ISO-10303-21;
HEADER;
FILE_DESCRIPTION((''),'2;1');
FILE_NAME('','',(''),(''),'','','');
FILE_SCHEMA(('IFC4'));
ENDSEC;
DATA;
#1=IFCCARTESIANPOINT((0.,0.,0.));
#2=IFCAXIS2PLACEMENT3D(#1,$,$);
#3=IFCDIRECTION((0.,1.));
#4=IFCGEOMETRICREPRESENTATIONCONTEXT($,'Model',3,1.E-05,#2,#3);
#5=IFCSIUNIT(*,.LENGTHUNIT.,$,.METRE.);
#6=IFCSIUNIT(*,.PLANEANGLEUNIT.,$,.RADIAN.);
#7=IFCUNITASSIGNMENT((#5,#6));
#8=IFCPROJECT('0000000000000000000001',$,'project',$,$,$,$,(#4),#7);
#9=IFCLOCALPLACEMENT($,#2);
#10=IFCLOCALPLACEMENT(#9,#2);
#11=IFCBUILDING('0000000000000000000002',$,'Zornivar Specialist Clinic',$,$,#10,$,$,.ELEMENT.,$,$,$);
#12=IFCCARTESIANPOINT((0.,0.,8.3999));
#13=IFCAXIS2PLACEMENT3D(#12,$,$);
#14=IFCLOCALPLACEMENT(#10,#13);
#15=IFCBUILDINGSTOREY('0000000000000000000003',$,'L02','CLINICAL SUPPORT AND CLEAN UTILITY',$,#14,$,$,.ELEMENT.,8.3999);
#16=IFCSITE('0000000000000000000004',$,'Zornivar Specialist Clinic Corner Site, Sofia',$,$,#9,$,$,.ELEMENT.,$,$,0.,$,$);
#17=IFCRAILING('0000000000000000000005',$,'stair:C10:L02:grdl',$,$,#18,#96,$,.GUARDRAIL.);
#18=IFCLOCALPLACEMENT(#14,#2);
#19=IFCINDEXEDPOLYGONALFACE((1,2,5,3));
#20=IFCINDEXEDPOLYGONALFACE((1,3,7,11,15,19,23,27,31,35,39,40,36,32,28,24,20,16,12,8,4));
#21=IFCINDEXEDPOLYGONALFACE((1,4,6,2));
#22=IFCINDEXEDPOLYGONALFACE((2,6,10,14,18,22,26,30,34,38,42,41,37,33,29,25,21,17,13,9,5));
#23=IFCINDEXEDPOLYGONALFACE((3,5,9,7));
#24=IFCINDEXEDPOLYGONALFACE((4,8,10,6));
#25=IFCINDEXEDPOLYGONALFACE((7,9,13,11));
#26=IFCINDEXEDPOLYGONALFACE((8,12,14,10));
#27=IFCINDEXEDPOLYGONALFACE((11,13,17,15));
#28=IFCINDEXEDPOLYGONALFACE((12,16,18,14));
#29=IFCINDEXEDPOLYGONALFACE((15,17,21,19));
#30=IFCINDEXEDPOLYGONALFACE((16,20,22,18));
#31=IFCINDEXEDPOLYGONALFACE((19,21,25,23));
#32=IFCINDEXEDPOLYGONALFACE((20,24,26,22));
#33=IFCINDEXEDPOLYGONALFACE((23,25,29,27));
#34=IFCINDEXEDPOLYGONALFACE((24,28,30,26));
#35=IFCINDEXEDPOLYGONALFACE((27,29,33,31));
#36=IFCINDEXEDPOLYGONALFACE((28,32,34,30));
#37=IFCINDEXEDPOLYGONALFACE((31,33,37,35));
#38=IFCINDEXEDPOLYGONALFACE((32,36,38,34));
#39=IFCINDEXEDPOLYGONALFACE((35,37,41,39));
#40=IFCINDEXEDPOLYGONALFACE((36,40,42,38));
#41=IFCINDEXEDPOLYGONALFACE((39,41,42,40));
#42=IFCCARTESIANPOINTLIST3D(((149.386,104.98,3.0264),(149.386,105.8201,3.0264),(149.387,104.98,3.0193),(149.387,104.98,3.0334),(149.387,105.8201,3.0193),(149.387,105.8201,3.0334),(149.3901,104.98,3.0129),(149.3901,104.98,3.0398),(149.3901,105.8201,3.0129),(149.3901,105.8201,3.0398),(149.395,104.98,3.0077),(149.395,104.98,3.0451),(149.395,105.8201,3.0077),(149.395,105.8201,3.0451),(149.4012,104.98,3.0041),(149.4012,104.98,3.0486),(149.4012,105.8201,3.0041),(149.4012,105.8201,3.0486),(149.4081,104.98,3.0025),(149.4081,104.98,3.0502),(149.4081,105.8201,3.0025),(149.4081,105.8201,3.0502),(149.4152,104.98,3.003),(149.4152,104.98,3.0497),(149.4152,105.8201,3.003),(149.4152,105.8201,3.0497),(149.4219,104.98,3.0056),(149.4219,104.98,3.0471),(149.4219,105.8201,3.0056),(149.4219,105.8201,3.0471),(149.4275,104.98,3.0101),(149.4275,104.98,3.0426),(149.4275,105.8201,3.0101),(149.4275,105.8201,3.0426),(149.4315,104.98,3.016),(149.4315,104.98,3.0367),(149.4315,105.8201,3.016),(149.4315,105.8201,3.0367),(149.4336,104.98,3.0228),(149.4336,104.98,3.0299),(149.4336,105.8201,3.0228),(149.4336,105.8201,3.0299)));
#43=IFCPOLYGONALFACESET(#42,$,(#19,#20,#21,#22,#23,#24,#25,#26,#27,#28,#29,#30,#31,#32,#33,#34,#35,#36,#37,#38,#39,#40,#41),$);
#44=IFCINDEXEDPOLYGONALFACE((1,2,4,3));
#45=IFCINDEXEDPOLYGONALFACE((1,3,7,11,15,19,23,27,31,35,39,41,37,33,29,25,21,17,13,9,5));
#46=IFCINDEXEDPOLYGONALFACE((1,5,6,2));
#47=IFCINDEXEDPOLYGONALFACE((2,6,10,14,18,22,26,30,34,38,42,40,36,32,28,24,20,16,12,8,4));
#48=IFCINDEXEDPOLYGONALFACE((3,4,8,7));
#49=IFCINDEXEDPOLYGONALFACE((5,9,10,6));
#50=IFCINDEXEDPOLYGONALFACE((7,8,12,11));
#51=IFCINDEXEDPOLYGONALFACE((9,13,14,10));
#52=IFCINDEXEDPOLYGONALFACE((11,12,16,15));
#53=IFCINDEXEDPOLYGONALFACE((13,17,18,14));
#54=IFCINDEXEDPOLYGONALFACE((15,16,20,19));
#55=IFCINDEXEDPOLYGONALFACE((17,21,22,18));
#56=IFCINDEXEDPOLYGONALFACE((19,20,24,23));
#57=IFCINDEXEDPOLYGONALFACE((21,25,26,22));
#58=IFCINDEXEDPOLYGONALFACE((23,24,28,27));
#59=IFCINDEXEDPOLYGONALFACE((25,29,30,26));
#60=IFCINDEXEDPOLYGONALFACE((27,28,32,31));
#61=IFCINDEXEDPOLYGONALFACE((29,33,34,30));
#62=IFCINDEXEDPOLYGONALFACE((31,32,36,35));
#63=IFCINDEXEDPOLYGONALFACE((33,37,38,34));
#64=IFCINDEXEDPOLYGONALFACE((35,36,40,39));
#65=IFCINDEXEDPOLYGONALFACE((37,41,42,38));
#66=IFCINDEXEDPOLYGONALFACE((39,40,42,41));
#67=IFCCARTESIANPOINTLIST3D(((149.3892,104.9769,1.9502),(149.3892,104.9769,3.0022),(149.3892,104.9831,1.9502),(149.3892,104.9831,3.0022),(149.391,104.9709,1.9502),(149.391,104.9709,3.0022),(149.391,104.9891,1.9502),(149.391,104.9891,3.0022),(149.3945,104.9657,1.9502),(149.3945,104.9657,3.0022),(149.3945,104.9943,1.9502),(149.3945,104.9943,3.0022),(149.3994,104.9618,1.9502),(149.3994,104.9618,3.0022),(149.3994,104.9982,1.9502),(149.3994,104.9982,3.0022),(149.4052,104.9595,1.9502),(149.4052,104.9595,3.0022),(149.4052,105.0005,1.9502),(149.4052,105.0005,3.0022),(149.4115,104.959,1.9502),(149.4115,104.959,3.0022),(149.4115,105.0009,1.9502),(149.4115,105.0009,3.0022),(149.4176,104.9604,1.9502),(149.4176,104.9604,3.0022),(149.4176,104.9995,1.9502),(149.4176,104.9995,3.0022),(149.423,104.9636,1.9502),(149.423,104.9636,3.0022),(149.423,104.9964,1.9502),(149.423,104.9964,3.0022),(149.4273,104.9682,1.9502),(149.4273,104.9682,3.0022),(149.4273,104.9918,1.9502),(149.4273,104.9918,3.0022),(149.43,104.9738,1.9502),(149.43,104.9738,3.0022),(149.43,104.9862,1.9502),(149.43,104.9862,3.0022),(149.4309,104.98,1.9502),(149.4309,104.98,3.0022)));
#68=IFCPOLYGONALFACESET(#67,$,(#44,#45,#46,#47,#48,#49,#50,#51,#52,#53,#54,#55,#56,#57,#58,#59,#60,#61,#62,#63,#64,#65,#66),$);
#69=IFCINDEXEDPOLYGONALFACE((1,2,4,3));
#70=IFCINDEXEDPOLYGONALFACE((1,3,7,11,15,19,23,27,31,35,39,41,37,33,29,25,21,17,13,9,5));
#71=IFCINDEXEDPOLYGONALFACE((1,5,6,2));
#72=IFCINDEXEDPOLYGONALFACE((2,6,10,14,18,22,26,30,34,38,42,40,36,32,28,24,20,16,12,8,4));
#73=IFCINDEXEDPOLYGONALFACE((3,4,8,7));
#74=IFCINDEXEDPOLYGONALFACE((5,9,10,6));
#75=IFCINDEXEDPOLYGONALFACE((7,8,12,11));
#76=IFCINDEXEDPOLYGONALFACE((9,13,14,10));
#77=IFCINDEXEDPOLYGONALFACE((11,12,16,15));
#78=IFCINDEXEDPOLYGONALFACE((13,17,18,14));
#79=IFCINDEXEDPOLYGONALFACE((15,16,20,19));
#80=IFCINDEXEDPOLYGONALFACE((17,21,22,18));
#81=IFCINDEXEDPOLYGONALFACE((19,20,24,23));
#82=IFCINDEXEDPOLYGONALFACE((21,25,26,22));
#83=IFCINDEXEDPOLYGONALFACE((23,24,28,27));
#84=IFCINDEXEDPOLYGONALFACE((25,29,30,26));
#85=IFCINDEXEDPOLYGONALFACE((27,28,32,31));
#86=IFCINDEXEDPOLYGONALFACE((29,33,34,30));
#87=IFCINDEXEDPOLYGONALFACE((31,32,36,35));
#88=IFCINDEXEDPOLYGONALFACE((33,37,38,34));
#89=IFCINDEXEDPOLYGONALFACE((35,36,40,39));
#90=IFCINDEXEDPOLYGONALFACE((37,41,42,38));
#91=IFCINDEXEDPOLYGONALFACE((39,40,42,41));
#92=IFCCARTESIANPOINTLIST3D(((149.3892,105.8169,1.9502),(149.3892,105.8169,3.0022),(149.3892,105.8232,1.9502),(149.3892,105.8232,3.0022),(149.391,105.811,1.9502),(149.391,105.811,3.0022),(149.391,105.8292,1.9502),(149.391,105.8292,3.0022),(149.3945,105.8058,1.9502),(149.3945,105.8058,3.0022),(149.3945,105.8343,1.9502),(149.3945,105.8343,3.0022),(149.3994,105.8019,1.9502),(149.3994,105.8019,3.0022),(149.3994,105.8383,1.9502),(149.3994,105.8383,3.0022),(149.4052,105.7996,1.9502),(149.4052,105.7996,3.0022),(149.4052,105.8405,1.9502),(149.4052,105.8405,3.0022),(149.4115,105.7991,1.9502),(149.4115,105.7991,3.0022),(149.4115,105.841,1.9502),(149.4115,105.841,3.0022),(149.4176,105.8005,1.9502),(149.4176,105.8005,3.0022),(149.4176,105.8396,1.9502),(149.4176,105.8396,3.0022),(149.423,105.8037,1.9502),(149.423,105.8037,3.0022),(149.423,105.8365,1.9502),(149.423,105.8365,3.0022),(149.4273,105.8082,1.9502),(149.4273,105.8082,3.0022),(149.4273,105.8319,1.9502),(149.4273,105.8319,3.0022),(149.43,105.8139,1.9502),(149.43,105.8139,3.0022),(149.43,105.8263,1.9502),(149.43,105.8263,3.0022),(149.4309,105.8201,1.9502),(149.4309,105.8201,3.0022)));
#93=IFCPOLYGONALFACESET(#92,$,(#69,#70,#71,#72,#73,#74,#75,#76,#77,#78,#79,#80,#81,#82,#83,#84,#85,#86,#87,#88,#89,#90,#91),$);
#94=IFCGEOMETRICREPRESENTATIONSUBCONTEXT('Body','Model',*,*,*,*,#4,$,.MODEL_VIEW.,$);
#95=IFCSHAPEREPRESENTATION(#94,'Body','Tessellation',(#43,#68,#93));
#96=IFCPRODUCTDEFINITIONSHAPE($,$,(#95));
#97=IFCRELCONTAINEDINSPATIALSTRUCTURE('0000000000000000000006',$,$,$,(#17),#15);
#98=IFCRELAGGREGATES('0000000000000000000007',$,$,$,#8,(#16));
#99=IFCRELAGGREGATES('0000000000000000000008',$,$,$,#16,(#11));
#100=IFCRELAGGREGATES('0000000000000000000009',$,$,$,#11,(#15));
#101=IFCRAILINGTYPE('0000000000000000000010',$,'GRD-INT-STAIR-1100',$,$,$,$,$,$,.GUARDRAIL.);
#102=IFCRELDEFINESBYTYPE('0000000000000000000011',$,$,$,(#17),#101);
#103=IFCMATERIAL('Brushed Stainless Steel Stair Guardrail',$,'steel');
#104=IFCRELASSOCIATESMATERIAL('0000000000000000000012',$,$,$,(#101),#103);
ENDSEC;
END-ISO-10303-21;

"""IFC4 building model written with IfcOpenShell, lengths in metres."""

from ifc_helpers import new_model, si_unit, direction, frame, origin, origin_2d, place, context, subcontext, project, spatial, circle, extrude, material, type_object, element, save


model = new_model("IFC4")

# Units and contexts
model_context = context("Model", 3, precision=1e-05, world=origin(), true_north=direction((0.0, 1.0)))
body_context = subcontext(model_context, "Body", "Model", "MODEL_VIEW")
ifc_project = project(units=[si_unit("LENGTHUNIT", "METRE"), si_unit("PLANEANGLEUNIT", "RADIAN")], contexts=[model_context])

# Site, building, storey
site_placement = place(None, origin())
site = spatial("IfcSite", under=ifc_project, at=site_placement, Name="Zornivar Specialist Clinic Corner Site, Sofia", CompositionType="ELEMENT", RefElevation=0.0)
building_placement = place(site_placement, origin())
building = spatial("IfcBuilding", under=site, at=building_placement, Name="Zornivar Specialist Clinic", CompositionType="ELEMENT")
storey_placement = place(building_placement, frame((0.0, 0.0, 8.3999)))
storey = spatial("IfcBuildingStorey", under=building, at=storey_placement, Name="L02", Description="CLINICAL SUPPORT AND CLEAN UTILITY", CompositionType="ELEMENT", Elevation=8.3999)

# Railing
ifc_material_1 = material(Name="Brushed Stainless Steel Stair Guardrail", Category="steel")
railing_type_1 = type_object("IfcRailingType", Name="GRD-INT-STAIR-1100", PredefinedType="GUARDRAIL", material=ifc_material_1)
railing_1_placement = place(storey_placement, frame((149.4099, 104.98, 1.9502)))
element("IfcRailing", 1, at=railing_1_placement, inside=storey, type_object=railing_type_1, Name="stair:C10:L02:grdl", PredefinedType="GUARDRAIL", context=body_context, shape_type="SweptSolid", body=[
    extrude(circle(Radius=0.0239, at=origin_2d()), frame((0.0, 0.0, 1.0762), z_axis=(0.0, 1.0, 0.0), x_axis=(-1.0, 0.0, 0.0)), (0.0, 0.0, 1.0), 0.8401),
    extrude(circle(Radius=0.021, at=origin_2d()), origin(), (0.0, 0.0, 1.0), 1.052),
    extrude(circle(Radius=0.021, at=origin_2d()), frame((0.0, 0.8401, 0.0)), (0.0, 0.0, 1.0), 1.052),
])

save(model, "model.ifc")
